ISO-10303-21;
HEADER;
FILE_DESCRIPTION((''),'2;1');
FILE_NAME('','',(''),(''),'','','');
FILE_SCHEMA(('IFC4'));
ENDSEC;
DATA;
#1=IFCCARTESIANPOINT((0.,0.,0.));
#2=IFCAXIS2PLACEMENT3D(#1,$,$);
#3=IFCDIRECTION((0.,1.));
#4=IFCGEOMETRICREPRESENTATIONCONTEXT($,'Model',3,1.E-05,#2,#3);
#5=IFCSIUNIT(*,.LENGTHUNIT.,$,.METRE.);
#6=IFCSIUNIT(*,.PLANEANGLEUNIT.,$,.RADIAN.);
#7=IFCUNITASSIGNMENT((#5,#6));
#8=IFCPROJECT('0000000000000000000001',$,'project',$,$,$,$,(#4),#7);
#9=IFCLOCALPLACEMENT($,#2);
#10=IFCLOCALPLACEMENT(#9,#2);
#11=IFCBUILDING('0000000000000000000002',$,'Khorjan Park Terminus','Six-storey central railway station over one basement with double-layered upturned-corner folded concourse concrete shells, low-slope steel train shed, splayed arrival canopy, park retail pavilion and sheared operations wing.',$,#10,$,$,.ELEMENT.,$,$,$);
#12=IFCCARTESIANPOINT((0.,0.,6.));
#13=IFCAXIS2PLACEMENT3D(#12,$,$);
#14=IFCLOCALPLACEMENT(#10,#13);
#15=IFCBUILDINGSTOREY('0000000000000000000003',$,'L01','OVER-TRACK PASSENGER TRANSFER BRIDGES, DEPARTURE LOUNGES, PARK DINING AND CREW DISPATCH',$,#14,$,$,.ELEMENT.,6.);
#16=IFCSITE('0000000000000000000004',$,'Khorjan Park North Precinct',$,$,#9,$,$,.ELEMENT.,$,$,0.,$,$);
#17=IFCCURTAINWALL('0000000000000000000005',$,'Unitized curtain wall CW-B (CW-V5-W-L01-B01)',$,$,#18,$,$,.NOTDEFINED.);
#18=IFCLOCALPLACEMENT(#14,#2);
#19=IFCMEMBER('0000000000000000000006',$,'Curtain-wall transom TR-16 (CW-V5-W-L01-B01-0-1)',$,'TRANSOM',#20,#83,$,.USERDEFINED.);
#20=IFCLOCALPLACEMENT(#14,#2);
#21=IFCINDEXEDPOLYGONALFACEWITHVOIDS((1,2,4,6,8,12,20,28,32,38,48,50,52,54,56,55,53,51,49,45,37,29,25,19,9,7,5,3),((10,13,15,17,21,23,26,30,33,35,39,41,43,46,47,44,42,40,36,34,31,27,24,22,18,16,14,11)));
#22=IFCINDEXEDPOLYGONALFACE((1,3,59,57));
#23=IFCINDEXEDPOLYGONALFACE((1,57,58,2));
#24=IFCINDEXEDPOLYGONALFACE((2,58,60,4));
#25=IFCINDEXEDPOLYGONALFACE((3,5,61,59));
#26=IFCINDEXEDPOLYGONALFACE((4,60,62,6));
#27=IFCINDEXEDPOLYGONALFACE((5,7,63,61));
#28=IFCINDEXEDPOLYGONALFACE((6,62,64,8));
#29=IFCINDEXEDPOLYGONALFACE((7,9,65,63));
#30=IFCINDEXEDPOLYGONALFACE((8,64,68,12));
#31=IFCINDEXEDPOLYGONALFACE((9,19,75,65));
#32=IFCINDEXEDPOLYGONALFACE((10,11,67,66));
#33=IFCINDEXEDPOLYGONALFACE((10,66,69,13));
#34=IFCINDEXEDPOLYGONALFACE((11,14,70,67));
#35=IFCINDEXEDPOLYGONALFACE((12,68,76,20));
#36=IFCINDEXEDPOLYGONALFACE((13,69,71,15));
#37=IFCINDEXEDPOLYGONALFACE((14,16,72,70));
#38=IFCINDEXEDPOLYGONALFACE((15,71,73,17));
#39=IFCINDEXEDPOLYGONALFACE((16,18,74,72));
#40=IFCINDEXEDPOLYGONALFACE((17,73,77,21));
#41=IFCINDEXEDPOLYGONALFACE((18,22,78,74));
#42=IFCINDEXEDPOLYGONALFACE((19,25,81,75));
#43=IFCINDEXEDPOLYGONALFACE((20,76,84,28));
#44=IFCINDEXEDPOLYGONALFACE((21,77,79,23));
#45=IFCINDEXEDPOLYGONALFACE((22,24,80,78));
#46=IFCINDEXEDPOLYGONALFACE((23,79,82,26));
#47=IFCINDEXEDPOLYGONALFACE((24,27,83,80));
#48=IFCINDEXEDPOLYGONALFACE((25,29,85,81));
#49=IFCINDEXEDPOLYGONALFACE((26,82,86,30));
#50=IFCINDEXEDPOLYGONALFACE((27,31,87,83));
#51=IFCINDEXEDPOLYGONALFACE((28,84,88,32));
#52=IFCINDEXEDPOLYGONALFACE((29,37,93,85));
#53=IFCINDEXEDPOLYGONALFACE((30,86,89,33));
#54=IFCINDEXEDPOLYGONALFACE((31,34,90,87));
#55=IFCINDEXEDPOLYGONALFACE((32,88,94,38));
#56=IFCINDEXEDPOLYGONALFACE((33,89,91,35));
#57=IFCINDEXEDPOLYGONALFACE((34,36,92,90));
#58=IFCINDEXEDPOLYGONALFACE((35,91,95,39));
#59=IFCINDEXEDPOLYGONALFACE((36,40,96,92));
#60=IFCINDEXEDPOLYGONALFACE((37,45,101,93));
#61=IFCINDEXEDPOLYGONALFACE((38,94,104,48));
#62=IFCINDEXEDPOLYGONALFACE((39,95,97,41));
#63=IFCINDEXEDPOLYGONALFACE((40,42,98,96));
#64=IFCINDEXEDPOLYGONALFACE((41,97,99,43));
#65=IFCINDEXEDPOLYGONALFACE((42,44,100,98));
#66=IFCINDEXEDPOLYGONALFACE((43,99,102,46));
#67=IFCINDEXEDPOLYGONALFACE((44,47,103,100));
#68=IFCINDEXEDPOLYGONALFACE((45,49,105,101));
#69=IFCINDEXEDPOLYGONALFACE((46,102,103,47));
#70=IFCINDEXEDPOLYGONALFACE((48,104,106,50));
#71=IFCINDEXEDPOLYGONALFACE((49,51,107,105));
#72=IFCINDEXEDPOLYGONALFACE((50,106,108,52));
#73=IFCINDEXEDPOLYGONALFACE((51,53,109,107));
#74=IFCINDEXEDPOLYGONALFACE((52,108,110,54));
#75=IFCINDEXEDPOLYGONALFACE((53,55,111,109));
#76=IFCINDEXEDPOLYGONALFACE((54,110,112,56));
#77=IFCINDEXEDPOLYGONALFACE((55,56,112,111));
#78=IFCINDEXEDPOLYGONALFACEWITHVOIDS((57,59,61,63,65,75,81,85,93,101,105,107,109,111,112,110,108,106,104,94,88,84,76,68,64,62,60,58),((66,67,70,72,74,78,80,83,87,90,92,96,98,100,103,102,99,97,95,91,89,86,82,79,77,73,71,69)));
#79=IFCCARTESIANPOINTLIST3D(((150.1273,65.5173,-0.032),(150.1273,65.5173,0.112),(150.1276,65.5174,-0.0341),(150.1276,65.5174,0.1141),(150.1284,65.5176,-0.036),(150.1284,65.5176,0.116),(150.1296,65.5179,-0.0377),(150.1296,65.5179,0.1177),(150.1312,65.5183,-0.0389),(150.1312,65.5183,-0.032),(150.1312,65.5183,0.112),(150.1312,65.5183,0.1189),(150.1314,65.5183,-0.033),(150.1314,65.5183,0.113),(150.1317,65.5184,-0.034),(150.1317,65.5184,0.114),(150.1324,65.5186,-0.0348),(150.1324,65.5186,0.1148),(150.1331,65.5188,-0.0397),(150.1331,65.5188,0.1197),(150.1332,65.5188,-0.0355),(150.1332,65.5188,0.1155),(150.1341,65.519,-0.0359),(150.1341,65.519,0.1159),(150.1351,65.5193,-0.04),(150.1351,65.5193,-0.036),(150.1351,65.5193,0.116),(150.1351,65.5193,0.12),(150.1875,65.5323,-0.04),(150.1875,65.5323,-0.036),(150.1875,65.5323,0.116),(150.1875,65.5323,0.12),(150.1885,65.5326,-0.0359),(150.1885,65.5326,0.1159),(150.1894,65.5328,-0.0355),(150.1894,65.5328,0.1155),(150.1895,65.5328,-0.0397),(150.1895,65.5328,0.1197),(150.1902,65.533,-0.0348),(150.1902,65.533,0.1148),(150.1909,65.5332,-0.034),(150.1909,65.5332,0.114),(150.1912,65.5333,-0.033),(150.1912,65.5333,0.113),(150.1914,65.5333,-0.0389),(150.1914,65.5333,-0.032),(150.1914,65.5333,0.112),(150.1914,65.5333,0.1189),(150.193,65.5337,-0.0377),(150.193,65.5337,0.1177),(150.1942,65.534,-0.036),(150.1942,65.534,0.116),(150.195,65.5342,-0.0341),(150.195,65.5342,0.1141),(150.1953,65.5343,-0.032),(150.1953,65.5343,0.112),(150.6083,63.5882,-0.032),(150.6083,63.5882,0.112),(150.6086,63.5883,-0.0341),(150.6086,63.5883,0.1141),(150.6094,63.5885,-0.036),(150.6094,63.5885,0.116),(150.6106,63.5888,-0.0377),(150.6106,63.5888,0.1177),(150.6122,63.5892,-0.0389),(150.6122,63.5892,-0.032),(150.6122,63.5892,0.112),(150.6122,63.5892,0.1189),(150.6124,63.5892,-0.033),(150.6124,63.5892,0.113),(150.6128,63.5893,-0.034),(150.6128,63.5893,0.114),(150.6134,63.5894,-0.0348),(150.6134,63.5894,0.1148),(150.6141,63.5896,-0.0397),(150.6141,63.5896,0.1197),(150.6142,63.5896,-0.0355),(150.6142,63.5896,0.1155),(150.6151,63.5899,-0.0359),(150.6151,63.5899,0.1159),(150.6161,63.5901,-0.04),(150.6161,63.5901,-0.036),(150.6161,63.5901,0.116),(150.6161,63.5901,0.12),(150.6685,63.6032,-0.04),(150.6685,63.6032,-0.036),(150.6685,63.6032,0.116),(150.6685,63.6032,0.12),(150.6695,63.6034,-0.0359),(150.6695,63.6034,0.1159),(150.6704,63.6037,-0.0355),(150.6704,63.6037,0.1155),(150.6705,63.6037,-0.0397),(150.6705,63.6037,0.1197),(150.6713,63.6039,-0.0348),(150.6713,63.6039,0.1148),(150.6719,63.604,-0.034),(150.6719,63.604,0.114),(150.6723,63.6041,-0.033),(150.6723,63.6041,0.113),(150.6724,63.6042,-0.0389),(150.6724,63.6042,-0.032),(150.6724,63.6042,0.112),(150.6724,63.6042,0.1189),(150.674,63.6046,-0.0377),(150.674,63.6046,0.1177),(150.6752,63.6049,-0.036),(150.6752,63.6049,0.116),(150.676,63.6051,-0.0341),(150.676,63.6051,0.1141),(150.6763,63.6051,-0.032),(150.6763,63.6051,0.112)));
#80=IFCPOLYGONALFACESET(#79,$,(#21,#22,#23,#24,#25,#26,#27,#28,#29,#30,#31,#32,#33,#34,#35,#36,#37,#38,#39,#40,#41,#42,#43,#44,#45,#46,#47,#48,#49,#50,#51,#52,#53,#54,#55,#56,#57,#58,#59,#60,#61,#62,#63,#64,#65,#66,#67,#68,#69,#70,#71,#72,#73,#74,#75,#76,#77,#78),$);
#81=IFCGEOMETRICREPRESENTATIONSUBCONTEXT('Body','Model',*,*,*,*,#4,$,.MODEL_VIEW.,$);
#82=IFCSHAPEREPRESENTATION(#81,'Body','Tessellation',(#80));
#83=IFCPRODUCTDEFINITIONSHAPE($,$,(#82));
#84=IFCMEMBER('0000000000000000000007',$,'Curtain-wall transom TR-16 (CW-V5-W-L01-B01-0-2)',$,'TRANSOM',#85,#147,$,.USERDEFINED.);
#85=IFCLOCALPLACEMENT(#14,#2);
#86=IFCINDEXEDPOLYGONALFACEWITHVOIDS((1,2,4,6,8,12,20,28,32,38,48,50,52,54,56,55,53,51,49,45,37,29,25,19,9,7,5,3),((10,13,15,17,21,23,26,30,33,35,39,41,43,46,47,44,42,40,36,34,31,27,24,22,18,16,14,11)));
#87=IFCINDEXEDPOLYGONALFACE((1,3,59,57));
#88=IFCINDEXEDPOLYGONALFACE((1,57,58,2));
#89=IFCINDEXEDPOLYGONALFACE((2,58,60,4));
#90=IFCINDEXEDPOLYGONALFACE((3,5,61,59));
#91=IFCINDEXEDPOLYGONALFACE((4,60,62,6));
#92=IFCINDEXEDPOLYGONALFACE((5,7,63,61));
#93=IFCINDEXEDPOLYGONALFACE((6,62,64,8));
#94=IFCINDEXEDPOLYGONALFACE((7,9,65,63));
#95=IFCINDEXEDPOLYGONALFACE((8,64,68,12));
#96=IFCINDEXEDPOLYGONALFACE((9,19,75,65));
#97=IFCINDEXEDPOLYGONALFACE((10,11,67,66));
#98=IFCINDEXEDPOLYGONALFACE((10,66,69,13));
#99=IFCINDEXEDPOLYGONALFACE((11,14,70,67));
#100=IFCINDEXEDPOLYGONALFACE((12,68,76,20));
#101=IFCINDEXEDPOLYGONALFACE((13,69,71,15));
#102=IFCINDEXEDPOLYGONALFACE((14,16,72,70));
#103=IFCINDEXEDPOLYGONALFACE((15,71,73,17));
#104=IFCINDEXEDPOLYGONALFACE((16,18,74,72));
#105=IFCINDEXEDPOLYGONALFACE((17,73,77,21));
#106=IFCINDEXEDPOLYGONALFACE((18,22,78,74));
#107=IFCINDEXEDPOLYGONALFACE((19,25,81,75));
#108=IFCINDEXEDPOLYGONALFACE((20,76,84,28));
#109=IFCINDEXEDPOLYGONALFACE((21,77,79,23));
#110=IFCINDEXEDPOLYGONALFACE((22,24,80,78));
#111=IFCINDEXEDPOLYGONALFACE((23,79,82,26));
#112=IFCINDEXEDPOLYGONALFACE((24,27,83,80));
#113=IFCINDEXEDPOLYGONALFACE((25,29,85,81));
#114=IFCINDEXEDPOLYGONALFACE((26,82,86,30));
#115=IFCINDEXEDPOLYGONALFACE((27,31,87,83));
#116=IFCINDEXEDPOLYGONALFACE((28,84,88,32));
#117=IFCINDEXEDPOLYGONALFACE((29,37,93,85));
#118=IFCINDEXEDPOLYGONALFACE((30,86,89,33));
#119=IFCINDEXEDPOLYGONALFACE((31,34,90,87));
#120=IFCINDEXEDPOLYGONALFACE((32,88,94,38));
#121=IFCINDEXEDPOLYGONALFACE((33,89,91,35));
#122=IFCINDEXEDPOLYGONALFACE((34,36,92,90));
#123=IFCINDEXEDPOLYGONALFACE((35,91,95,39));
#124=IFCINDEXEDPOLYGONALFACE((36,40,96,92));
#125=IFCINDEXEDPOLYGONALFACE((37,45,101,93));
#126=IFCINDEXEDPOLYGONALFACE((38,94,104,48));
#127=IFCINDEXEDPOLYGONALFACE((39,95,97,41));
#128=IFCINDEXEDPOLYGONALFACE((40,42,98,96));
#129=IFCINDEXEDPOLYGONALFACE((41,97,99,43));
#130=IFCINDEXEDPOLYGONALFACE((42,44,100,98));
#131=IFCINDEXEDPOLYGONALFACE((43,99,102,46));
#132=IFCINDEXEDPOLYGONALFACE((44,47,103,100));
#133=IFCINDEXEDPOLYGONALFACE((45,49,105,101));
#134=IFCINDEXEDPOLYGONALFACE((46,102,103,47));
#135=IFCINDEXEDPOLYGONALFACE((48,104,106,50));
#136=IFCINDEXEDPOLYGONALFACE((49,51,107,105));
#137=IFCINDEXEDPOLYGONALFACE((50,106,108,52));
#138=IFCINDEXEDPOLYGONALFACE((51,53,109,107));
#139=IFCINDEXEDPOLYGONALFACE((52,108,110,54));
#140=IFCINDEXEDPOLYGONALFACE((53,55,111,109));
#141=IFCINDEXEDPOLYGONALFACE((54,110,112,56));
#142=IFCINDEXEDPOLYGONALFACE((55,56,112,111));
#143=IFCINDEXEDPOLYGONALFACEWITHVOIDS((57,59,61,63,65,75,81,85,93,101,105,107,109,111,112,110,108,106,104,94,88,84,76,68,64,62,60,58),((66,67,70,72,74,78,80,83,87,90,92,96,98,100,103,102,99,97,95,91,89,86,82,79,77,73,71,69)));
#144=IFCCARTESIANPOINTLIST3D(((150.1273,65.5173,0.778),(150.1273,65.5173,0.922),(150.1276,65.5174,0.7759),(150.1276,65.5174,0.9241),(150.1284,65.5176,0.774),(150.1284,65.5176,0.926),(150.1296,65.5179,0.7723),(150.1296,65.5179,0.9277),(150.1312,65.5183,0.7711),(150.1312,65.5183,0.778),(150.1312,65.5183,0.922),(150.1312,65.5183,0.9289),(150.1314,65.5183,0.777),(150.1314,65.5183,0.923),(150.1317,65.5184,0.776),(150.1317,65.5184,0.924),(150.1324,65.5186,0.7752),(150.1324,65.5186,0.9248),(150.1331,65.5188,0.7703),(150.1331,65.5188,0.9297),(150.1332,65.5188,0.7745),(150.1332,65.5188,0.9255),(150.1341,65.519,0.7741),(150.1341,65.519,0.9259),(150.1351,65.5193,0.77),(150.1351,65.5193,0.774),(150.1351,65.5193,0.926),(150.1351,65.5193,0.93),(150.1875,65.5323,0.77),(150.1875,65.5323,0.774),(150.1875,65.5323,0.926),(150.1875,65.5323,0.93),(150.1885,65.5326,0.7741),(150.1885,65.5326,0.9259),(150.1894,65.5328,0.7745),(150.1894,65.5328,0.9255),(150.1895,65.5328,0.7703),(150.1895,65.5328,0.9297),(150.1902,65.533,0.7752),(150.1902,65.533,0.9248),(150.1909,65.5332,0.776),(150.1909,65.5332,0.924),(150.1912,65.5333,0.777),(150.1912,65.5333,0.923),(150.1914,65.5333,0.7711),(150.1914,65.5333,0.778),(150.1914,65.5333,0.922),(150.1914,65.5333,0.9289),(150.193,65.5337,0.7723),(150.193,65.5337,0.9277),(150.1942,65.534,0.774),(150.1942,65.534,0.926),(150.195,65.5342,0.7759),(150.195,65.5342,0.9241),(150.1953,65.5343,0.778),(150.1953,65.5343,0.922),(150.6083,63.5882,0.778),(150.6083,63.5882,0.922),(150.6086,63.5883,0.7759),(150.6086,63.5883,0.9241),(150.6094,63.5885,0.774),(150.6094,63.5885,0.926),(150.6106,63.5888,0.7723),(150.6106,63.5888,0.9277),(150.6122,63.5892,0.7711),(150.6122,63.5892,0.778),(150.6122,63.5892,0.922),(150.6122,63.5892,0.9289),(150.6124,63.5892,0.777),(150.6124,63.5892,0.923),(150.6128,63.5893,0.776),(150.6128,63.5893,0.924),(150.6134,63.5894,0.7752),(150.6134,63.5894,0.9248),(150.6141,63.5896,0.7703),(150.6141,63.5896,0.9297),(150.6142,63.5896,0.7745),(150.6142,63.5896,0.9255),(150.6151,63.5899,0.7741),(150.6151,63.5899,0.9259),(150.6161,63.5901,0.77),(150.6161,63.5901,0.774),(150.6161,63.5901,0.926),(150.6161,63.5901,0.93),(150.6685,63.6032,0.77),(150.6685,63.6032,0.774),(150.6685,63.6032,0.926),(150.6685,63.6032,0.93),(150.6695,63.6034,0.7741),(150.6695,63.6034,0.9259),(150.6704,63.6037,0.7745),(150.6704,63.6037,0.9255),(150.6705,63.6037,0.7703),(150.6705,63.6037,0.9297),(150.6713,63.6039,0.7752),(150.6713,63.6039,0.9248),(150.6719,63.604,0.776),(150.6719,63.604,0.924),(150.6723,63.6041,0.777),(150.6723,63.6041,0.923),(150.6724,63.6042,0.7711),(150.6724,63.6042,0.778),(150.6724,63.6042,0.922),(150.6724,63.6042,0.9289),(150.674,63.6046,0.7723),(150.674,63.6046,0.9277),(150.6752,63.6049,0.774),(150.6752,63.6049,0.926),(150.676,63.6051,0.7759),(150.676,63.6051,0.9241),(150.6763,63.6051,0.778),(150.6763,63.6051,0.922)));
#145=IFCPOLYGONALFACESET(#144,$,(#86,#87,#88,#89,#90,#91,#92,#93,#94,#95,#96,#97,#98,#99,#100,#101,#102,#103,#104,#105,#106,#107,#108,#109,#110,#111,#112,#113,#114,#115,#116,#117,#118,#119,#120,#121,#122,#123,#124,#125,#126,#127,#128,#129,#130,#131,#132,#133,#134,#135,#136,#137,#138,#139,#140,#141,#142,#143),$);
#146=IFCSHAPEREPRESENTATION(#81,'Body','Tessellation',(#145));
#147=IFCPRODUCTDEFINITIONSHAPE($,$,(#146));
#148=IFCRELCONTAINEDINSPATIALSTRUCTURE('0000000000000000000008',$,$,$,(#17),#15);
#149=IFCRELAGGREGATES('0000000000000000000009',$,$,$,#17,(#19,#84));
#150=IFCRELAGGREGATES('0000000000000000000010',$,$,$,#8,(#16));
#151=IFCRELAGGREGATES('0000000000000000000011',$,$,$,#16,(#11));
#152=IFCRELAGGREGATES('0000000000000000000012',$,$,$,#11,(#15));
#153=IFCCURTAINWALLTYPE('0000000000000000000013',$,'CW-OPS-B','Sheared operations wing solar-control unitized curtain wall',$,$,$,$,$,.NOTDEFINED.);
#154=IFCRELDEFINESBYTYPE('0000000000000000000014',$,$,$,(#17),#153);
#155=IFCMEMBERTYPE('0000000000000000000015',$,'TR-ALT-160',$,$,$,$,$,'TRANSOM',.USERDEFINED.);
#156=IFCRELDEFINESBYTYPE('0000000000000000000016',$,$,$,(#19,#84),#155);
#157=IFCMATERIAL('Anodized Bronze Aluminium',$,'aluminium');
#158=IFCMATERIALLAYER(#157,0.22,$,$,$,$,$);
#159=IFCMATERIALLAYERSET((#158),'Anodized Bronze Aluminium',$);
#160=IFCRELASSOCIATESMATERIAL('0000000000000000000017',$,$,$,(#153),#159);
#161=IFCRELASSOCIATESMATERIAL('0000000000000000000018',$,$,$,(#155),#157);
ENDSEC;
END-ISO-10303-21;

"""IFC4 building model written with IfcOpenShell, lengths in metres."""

from ifc_helpers import new_model, si_unit, direction, frame, origin, origin_2d, place, context, subcontext, project, spatial, hollow_rectangle, extrude, material, layer, layer_set, material_profile, profile_set, type_object, element, aggregate, save


model = new_model("IFC4")

# Units and contexts
model_context = context("Model", 3, precision=1e-05, world=origin(), true_north=direction((0.0, 1.0)))
body_context = subcontext(model_context, "Body", "Model", "MODEL_VIEW")
ifc_project = project(units=[si_unit("LENGTHUNIT", "METRE"), si_unit("PLANEANGLEUNIT", "RADIAN")], contexts=[model_context])

# Site, building, storey
site_placement = place(None, origin())
site = spatial("IfcSite", under=ifc_project, at=site_placement, Name="Khorjan Park North Precinct", CompositionType="ELEMENT", RefElevation=0.0)
building_placement = place(site_placement, origin())
building = spatial("IfcBuilding", under=site, at=building_placement, Name="Khorjan Park Terminus", Description="Six-storey central railway station over one basement with double-layered upturned-corner folded concourse concrete shells, low-slope steel train shed, splayed arrival canopy, park retail pavilion and sheared operations wing.", CompositionType="ELEMENT")
storey_placement = place(building_placement, frame((0.0, 0.0, 6.0)))
storey = spatial("IfcBuildingStorey", under=building, at=storey_placement, Name="L01", Description="OVER-TRACK PASSENGER TRANSFER BRIDGES, DEPARTURE LOUNGES, PARK DINING AND CREW DISPATCH", CompositionType="ELEMENT", Elevation=6.0)

# Curtain wall, members
ifc_material_1 = material(Name="Anodized Bronze Aluminium", Category="aluminium")
ifc_layer_1 = layer(ifc_material_1, 0.22)
ifc_layer_set_1 = layer_set([ifc_layer_1], Name="Anodized Bronze Aluminium")
curtain_wall_type = type_object("IfcCurtainWallType", Name="CW-OPS-B", Description="Sheared operations wing solar-control unitized curtain wall", PredefinedType="NOTDEFINED", material=ifc_layer_set_1)
curtain_wall_placement = place(storey_placement, origin())
curtain_wall = element("IfcCurtainWall", 1, at=curtain_wall_placement, inside=storey, type_object=curtain_wall_type, Name="Unitized curtain wall CW-B (CW-V5-W-L01-B01)", PredefinedType="NOTDEFINED")
ifc_material_profile_1 = material_profile(ifc_material_1, hollow_rectangle(XDim=0.07, YDim=0.16, WallThickness=0.004, InnerFilletRadius=0.004, OuterFilletRadius=0.008, at=origin_2d()), Name="ALT 70x160x4")
ifc_profile_set_1 = profile_set([ifc_material_profile_1], Name="Anodized Bronze Aluminium")
member_type_1 = type_object("IfcMemberType", Name="TR-ALT-160", ElementType="TRANSOM", PredefinedType="USERDEFINED", material=ifc_profile_set_1)
member_1_placement = place(storey_placement, frame((150.1613, 65.5258, 0.04), z_axis=(0.241932, -0.970293, 0.0), x_axis=(0.970293, 0.241932, 0.0)))
member_1 = element("IfcMember", 2, at=member_1_placement, type_object=member_type_1, Name="Curtain-wall transom TR-16 (CW-V5-W-L01-B01-0-1)", ObjectType="TRANSOM", PredefinedType="USERDEFINED", context=body_context, shape_type="SweptSolid", body=[
    extrude(hollow_rectangle(XDim=0.07, YDim=0.16, WallThickness=0.004, InnerFilletRadius=0.004, OuterFilletRadius=0.008, at=origin_2d()), origin(), (0.0, 0.0, 1.0), 1.9882),
])
member_2_placement = place(storey_placement, frame((150.1613, 65.5258, 0.85), z_axis=(0.241932, -0.970293, 0.0), x_axis=(0.970293, 0.241932, 0.0)))
member_2 = element("IfcMember", 3, at=member_2_placement, type_object=member_type_1, Name="Curtain-wall transom TR-16 (CW-V5-W-L01-B01-0-2)", ObjectType="TRANSOM", PredefinedType="USERDEFINED", context=body_context, shape_type="SweptSolid", body=[
    extrude(hollow_rectangle(XDim=0.07, YDim=0.16, WallThickness=0.004, InnerFilletRadius=0.004, OuterFilletRadius=0.008, at=origin_2d()), origin(), (0.0, 0.0, 1.0), 1.9882),
])
aggregate(curtain_wall, [member_1, member_2])

save(model, "model.ifc")
